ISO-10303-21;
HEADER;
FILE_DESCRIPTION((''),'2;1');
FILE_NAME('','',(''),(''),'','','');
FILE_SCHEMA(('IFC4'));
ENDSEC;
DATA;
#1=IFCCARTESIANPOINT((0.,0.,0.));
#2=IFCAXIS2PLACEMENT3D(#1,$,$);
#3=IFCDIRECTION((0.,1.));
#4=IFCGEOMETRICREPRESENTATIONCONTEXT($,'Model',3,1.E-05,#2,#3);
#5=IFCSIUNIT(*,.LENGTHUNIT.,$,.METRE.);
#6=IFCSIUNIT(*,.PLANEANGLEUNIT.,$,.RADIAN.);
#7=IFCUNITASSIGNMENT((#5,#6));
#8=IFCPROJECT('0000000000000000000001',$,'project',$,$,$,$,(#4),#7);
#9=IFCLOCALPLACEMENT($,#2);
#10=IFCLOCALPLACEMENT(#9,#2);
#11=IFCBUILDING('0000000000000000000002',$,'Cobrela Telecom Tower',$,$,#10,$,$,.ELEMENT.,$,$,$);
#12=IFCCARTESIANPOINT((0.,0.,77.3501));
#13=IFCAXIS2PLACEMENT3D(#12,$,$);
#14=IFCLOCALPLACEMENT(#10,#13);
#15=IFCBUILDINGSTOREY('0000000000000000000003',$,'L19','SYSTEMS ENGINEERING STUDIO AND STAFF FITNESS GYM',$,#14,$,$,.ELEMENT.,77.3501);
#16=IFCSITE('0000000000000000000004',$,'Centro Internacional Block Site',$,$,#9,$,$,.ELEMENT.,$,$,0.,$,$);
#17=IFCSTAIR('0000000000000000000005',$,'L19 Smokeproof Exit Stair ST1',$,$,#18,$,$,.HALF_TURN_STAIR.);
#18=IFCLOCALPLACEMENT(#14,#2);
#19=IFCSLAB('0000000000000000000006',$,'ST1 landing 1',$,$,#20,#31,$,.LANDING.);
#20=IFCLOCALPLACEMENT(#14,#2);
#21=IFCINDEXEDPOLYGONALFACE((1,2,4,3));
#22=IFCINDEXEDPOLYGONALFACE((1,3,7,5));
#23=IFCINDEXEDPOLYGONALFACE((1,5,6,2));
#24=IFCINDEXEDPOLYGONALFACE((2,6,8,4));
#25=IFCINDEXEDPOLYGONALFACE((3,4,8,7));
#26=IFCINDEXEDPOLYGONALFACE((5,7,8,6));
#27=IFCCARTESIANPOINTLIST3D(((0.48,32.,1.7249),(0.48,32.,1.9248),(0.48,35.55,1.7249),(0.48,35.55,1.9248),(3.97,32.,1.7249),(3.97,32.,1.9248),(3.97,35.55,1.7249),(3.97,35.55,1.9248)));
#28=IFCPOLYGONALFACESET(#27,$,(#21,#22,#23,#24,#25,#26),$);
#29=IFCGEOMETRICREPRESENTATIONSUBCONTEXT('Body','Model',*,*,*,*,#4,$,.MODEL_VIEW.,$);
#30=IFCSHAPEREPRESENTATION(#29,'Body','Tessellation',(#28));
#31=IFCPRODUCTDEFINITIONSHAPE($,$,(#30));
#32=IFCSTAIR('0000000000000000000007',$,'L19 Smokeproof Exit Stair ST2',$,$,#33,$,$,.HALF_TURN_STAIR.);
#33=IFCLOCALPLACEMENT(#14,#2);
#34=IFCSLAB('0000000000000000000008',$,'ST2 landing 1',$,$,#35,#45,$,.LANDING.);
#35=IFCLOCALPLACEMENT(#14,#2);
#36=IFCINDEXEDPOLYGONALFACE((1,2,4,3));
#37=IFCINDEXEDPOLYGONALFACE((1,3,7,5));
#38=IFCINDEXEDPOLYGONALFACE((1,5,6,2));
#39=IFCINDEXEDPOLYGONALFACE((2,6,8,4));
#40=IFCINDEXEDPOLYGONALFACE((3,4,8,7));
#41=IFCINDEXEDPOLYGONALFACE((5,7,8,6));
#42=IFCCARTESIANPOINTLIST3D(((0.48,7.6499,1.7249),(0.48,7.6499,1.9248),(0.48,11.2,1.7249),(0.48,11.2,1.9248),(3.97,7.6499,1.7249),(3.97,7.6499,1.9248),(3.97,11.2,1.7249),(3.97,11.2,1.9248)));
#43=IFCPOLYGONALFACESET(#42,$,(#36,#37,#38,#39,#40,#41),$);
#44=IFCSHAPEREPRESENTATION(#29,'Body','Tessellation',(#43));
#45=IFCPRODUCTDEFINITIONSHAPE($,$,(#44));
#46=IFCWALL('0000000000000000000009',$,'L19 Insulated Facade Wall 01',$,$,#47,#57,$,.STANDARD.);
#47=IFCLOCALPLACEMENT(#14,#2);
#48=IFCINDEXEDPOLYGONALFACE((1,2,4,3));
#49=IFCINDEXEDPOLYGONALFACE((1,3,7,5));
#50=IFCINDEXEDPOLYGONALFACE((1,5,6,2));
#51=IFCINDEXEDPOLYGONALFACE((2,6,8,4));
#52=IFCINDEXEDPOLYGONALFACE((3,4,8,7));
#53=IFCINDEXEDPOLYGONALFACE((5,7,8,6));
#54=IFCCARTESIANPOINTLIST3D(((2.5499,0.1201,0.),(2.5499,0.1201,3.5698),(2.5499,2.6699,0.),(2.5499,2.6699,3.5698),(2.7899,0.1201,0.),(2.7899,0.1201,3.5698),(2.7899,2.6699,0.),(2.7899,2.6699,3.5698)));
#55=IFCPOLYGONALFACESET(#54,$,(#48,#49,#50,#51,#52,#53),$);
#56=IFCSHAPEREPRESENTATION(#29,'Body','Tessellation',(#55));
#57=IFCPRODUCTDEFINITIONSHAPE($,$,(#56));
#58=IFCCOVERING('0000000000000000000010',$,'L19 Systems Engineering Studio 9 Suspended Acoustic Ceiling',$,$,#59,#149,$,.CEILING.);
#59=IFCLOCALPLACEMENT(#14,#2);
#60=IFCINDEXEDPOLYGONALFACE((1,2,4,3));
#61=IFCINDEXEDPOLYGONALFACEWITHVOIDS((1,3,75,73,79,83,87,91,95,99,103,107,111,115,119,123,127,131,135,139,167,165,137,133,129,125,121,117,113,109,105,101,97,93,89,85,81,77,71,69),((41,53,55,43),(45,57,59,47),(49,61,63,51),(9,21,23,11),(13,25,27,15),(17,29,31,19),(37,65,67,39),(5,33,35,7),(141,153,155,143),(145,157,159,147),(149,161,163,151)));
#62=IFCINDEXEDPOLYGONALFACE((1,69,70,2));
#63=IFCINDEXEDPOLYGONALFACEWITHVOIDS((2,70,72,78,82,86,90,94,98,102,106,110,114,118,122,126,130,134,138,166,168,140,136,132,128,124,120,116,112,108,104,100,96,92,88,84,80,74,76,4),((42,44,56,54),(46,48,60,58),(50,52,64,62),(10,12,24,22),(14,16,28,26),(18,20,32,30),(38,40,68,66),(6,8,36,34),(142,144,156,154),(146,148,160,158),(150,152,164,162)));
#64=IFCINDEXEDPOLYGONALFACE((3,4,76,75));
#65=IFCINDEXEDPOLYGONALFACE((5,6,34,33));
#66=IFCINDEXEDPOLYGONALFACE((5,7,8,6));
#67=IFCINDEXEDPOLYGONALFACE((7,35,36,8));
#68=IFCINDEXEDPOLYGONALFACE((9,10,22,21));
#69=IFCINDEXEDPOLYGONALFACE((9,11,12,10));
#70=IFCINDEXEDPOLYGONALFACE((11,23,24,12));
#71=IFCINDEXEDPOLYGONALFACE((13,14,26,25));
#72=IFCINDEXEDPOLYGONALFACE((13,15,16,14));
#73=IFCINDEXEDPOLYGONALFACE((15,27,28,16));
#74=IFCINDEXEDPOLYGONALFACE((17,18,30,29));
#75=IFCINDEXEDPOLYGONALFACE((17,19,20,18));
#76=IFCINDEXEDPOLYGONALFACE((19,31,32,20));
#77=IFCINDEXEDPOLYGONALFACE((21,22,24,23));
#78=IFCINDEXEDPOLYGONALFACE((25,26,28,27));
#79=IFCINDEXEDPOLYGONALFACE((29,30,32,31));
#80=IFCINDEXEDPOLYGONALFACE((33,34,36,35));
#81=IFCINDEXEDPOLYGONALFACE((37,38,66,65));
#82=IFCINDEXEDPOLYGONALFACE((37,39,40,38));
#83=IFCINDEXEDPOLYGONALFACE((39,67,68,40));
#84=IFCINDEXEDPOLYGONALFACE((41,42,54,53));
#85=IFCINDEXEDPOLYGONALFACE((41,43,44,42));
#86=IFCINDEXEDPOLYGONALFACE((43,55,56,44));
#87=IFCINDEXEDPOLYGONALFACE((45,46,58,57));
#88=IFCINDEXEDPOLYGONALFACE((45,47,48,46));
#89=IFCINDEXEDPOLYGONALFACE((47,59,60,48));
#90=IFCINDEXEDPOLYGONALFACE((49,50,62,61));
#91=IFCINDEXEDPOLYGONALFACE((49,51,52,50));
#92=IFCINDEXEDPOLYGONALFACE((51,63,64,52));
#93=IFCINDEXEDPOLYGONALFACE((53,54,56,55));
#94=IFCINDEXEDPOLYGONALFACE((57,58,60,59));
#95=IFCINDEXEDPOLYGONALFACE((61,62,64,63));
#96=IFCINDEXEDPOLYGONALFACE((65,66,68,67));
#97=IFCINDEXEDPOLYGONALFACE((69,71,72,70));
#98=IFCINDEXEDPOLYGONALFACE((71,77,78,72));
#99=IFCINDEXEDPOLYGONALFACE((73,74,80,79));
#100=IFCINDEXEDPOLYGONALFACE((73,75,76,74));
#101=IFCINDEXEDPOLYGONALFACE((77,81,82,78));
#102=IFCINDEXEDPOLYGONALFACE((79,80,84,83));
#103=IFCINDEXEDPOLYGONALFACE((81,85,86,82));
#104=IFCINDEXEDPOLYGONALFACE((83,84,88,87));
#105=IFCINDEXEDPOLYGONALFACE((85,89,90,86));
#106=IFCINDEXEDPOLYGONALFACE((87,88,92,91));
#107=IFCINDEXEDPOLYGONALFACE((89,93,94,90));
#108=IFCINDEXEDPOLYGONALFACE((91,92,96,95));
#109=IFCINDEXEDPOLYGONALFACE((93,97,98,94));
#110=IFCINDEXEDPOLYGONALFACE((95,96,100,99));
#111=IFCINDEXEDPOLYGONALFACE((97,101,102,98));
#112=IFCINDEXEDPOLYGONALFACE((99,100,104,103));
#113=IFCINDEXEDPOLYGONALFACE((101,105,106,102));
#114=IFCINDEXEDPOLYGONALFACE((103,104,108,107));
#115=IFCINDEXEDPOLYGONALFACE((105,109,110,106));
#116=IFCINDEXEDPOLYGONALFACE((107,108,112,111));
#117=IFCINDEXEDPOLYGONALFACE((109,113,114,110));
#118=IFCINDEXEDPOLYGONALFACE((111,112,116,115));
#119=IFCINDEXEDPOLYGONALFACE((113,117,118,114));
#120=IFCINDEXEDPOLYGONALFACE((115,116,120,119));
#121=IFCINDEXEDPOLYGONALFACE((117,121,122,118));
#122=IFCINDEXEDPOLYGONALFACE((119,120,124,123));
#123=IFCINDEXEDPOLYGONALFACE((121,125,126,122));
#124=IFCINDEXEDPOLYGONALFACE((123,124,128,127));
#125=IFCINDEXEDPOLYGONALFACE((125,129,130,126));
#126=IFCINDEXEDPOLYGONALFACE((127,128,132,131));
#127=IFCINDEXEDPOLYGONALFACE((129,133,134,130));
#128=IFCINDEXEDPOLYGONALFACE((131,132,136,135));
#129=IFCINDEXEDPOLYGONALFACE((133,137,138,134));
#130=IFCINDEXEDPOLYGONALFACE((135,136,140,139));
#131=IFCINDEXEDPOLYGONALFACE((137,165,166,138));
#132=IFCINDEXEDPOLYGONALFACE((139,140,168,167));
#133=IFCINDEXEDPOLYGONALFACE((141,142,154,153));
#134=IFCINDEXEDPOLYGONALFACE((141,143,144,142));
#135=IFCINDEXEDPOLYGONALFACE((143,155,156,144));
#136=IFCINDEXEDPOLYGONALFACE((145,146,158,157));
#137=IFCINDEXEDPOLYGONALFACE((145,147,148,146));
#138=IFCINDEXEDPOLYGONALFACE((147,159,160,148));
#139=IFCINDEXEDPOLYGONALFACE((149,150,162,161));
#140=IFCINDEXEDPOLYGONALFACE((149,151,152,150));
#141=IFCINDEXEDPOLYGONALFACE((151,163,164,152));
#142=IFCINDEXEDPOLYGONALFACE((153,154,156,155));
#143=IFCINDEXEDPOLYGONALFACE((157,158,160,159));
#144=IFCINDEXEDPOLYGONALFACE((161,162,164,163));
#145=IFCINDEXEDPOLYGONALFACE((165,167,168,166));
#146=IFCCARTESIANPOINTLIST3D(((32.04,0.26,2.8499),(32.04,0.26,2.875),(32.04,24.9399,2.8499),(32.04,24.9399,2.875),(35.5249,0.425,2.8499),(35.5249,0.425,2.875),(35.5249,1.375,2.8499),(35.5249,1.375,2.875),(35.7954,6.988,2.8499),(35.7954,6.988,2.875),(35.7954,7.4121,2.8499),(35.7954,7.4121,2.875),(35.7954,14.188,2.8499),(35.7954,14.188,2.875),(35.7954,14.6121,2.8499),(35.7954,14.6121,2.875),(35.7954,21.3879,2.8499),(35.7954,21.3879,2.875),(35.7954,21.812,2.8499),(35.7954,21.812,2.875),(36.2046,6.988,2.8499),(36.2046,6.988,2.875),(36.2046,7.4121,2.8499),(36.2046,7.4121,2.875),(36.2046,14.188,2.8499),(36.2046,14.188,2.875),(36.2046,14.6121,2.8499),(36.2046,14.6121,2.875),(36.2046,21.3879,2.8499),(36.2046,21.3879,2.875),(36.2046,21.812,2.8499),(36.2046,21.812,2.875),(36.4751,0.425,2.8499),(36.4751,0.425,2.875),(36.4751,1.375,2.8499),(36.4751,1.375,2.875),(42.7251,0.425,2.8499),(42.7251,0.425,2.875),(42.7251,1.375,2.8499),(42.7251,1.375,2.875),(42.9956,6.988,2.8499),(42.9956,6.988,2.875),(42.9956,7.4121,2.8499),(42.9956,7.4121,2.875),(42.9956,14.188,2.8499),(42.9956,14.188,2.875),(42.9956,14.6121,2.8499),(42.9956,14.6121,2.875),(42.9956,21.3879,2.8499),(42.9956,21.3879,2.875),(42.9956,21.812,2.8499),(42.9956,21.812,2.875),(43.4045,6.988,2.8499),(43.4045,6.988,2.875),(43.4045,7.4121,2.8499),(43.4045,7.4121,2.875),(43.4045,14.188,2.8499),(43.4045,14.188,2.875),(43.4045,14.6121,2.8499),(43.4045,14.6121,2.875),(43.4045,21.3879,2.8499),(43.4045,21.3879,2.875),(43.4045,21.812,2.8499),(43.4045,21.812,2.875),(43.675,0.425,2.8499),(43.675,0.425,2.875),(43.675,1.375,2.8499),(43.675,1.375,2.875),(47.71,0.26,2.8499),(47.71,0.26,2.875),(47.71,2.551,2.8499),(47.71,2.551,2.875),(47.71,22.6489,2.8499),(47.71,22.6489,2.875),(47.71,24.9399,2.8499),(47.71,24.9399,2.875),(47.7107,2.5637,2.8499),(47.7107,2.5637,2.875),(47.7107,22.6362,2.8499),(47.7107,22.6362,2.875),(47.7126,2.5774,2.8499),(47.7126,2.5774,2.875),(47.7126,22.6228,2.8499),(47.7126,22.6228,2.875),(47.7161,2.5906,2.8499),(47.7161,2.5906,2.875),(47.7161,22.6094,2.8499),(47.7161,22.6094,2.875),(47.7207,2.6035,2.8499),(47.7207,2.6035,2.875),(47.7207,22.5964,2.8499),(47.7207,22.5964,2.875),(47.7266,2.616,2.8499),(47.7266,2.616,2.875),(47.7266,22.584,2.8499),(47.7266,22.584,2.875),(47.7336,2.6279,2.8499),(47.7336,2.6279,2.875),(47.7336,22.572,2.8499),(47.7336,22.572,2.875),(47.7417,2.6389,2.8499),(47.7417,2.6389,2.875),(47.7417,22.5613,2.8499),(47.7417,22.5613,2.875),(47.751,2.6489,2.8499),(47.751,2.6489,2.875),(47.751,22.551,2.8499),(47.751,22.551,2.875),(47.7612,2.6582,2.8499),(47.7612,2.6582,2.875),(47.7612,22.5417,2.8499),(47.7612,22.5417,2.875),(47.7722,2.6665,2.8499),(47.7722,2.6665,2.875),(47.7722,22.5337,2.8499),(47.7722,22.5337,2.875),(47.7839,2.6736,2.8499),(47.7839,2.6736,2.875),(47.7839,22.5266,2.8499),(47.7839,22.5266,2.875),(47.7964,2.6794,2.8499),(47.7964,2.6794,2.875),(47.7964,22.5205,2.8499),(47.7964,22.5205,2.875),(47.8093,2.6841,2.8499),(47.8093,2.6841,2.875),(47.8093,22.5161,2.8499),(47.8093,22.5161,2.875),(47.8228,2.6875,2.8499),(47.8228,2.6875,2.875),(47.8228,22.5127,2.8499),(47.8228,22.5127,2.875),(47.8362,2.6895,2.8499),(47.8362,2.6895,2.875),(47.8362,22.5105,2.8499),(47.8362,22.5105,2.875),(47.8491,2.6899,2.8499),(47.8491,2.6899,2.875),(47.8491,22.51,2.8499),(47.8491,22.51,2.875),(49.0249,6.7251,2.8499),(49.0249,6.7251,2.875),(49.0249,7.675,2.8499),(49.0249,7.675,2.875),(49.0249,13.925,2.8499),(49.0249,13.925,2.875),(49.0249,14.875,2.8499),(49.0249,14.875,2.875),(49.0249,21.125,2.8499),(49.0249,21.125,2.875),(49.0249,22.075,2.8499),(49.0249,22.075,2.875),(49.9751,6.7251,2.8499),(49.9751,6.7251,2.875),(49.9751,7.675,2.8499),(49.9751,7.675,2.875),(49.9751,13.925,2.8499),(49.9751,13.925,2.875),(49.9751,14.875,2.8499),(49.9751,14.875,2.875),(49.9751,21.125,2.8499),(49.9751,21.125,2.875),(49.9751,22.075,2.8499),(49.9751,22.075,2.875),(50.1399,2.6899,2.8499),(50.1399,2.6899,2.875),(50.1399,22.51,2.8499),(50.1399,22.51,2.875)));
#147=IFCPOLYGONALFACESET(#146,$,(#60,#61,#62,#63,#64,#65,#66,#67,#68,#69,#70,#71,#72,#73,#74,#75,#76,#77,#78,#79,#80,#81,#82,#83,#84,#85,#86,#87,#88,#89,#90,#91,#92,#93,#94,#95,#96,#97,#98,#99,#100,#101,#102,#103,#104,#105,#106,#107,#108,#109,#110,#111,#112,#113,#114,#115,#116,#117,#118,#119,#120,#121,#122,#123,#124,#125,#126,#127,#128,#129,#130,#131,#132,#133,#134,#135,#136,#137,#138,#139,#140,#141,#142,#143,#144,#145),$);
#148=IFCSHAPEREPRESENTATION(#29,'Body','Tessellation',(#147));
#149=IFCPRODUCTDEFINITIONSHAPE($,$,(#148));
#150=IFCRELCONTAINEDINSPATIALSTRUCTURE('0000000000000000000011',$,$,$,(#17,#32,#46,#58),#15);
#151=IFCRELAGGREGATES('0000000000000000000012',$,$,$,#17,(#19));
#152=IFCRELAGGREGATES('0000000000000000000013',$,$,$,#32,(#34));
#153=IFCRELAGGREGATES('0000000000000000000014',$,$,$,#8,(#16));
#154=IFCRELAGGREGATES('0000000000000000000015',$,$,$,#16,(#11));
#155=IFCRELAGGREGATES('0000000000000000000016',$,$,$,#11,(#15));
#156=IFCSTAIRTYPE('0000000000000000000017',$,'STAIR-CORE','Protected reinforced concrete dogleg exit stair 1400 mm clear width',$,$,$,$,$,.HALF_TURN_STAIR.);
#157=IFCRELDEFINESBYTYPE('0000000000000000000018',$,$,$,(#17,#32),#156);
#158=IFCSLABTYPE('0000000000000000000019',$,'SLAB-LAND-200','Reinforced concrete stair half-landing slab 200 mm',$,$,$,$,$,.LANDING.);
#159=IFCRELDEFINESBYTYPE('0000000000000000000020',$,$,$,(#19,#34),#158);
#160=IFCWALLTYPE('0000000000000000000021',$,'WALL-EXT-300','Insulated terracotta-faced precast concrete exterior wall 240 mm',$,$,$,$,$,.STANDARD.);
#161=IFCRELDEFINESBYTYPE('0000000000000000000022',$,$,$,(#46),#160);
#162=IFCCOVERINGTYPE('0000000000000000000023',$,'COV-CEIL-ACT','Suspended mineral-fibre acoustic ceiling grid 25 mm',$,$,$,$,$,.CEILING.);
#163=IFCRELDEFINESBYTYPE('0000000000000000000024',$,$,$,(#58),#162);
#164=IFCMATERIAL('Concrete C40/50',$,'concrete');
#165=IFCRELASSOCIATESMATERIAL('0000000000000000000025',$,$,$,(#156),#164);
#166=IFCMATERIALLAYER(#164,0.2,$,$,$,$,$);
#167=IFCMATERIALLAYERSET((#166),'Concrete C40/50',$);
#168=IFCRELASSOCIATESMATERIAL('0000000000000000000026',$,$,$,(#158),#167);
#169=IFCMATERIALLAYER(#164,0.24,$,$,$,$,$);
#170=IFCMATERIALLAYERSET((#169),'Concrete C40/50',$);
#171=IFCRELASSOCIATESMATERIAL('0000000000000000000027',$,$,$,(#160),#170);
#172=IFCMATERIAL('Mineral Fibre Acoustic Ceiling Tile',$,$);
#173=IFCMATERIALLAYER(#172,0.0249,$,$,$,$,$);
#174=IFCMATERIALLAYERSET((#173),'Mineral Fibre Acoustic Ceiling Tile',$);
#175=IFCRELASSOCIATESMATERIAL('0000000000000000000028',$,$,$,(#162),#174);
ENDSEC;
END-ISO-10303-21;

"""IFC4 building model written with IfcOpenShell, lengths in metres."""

from ifc_helpers import new_model, si_unit, direction, frame, frame_2d, origin, place, context, subcontext, project, spatial, polyline, rectangle, outline, extrude, material, layer, layer_set, type_object, element, aggregate, save


model = new_model("IFC4")

# Units and contexts
model_context = context("Model", 3, precision=1e-05, world=origin(), true_north=direction((0.0, 1.0)))
body_context = subcontext(model_context, "Body", "Model", "MODEL_VIEW")
ifc_project = project(units=[si_unit("LENGTHUNIT", "METRE"), si_unit("PLANEANGLEUNIT", "RADIAN")], contexts=[model_context])

# Site, building, storey
site_placement = place(None, origin())
site = spatial("IfcSite", under=ifc_project, at=site_placement, Name="Centro Internacional Block Site", CompositionType="ELEMENT", RefElevation=0.0)
building_placement = place(site_placement, origin())
building = spatial("IfcBuilding", under=site, at=building_placement, Name="Cobrela Telecom Tower", CompositionType="ELEMENT")
storey_placement = place(building_placement, frame((0.0, 0.0, 77.3501)))
storey = spatial("IfcBuildingStorey", under=building, at=storey_placement, Name="L19", Description="SYSTEMS ENGINEERING STUDIO AND STAFF FITNESS GYM", CompositionType="ELEMENT", Elevation=77.3501)

# Shared definitions
ifc_material_1 = material(Name="Concrete C40/50", Category="concrete")

# Stairs, slabs
stair_type = type_object("IfcStairType", Name="STAIR-CORE", Description="Protected reinforced concrete dogleg exit stair 1400 mm clear width", PredefinedType="HALF_TURN_STAIR", material=ifc_material_1)
stair_1_placement = place(storey_placement, origin())
stair_1 = element("IfcStair", 1, at=stair_1_placement, inside=storey, type_object=stair_type, Name="L19 Smokeproof Exit Stair ST1", PredefinedType="HALF_TURN_STAIR")
ifc_layer_1 = layer(ifc_material_1, 0.2)
ifc_layer_set_1 = layer_set([ifc_layer_1], Name="Concrete C40/50")
slab_type_1 = type_object("IfcSlabType", Name="SLAB-LAND-200", Description="Reinforced concrete stair half-landing slab 200 mm", PredefinedType="LANDING", material=ifc_layer_set_1)
slab_1_placement = place(storey_placement, frame((0.0, 0.0, 1.7249)))
slab_1 = element("IfcSlab", 2, at=slab_1_placement, type_object=slab_type_1, Name="ST1 landing 1", PredefinedType="LANDING", context=body_context, shape_type="SweptSolid", body=[
    extrude(outline(polyline([(3.97, 35.55), (0.48, 35.55), (0.48, 32.0), (3.97, 32.0), (3.97, 35.55)])), origin(), (0.0, 0.0, 1.0), 0.2),
])
aggregate(stair_1, [slab_1])
stair_2_placement = place(storey_placement, origin())
stair_2 = element("IfcStair", 3, at=stair_2_placement, inside=storey, type_object=stair_type, Name="L19 Smokeproof Exit Stair ST2", PredefinedType="HALF_TURN_STAIR")
slab_2_placement = place(storey_placement, frame((0.0, 0.0, 1.7249)))
slab_2 = element("IfcSlab", 4, at=slab_2_placement, type_object=slab_type_1, Name="ST2 landing 1", PredefinedType="LANDING", context=body_context, shape_type="SweptSolid", body=[
    extrude(outline(polyline([(3.97, 11.2), (0.48, 11.2), (0.48, 7.6499), (3.97, 7.6499), (3.97, 11.2)])), origin(), (0.0, 0.0, 1.0), 0.2),
])
aggregate(stair_2, [slab_2])

# Wall
ifc_layer_2 = layer(ifc_material_1, 0.24)
ifc_layer_set_2 = layer_set([ifc_layer_2], Name="Concrete C40/50")
wall_type = type_object("IfcWallType", Name="WALL-EXT-300", Description="Insulated terracotta-faced precast concrete exterior wall 240 mm", PredefinedType="STANDARD", material=ifc_layer_set_2)
wall_placement = place(storey_placement, frame((2.6699, 0.1201, 0.0), z_axis=(0.0, 0.0, 1.0), x_axis=(0.0, 1.0, 0.0)))
element("IfcWall", 5, at=wall_placement, inside=storey, type_object=wall_type, Name="L19 Insulated Facade Wall 01", PredefinedType="STANDARD", context=body_context, shape_type="SweptSolid", body=[
    extrude(rectangle(XDim=2.5498, YDim=0.24, at=frame_2d((1.2749, 0.0))), origin(), (0.0, 0.0, 1.0), 3.5698),
])

# Covering
ifc_material_2 = material(Name="Mineral Fibre Acoustic Ceiling Tile")
ifc_layer_3 = layer(ifc_material_2, 0.0249)
ifc_layer_set_3 = layer_set([ifc_layer_3], Name="Mineral Fibre Acoustic Ceiling Tile")
covering_type_1 = type_object("IfcCoveringType", Name="COV-CEIL-ACT", Description="Suspended mineral-fibre acoustic ceiling grid 25 mm", PredefinedType="CEILING", material=ifc_layer_set_3)
covering_1_placement = place(storey_placement, frame((0.0, 0.0, 2.8499)))
element("IfcCovering", 6, at=covering_1_placement, inside=storey, type_object=covering_type_1, Name="L19 Systems Engineering Studio 9 Suspended Acoustic Ceiling", PredefinedType="CEILING", context=body_context, shape_type="SweptSolid", body=[
    extrude(outline(polyline([(47.8228, 2.6875), (47.8093, 2.6841), (47.7964, 2.6794), (47.7839, 2.6736), (47.7722, 2.6665), (47.7612, 2.6582), (47.751, 2.6489), (47.7417, 2.6389), (47.7336, 2.6279), (47.7266, 2.616), (47.7207, 2.6035), (47.7161, 2.5906), (47.7126, 2.5774), (47.7107, 2.5637), (47.71, 2.551), (47.71, 0.26), (32.04, 0.26), (32.04, 24.9399), (47.71, 24.9399), (47.71, 22.6489), (47.7107, 22.6362), (47.7126, 22.6228), (47.7161, 22.6094), (47.7207, 22.5964), (47.7266, 22.584), (47.7336, 22.572), (47.7417, 22.5613), (47.751, 22.551), (47.7612, 22.5417), (47.7722, 22.5337), (47.7839, 22.5266), (47.7964, 22.5205), (47.8093, 22.5161), (47.8228, 22.5127), (47.8362, 22.5105), (47.8491, 22.51), (50.1399, 22.51), (50.1399, 2.6899), (47.8491, 2.6899), (47.8362, 2.6895), (47.8228, 2.6875)]), holes=[polyline([(36.4751, 0.425), (36.4751, 1.375), (35.5249, 1.375), (35.5249, 0.425), (36.4751, 0.425)]), polyline([(43.675, 0.425), (43.675, 1.375), (42.7251, 1.375), (42.7251, 0.425), (43.675, 0.425)]), polyline([(36.2046, 6.988), (36.2046, 7.4121), (35.7954, 7.4121), (35.7954, 6.988), (36.2046, 6.988)]), polyline([(43.4045, 6.988), (43.4045, 7.4121), (42.9956, 7.4121), (42.9956, 6.988), (43.4045, 6.988)]), polyline([(49.9751, 6.7251), (49.9751, 7.675), (49.0249, 7.675), (49.0249, 6.7251), (49.9751, 6.7251)]), polyline([(36.2046, 14.188), (36.2046, 14.6121), (35.7954, 14.6121), (35.7954, 14.188), (36.2046, 14.188)]), polyline([(43.4045, 14.188), (43.4045, 14.6121), (42.9956, 14.6121), (42.9956, 14.188), (43.4045, 14.188)]), polyline([(49.9751, 13.925), (49.9751, 14.875), (49.0249, 14.875), (49.0249, 13.925), (49.9751, 13.925)]), polyline([(36.2046, 21.3879), (36.2046, 21.812), (35.7954, 21.812), (35.7954, 21.3879), (36.2046, 21.3879)]), polyline([(43.4045, 21.3879), (43.4045, 21.812), (42.9956, 21.812), (42.9956, 21.3879), (43.4045, 21.3879)]), polyline([(49.9751, 21.125), (49.9751, 22.075), (49.0249, 22.075), (49.0249, 21.125), (49.9751, 21.125)])]), origin(), (0.0, 0.0, 1.0), 0.0251),
])

save(model, "model.ifc")
